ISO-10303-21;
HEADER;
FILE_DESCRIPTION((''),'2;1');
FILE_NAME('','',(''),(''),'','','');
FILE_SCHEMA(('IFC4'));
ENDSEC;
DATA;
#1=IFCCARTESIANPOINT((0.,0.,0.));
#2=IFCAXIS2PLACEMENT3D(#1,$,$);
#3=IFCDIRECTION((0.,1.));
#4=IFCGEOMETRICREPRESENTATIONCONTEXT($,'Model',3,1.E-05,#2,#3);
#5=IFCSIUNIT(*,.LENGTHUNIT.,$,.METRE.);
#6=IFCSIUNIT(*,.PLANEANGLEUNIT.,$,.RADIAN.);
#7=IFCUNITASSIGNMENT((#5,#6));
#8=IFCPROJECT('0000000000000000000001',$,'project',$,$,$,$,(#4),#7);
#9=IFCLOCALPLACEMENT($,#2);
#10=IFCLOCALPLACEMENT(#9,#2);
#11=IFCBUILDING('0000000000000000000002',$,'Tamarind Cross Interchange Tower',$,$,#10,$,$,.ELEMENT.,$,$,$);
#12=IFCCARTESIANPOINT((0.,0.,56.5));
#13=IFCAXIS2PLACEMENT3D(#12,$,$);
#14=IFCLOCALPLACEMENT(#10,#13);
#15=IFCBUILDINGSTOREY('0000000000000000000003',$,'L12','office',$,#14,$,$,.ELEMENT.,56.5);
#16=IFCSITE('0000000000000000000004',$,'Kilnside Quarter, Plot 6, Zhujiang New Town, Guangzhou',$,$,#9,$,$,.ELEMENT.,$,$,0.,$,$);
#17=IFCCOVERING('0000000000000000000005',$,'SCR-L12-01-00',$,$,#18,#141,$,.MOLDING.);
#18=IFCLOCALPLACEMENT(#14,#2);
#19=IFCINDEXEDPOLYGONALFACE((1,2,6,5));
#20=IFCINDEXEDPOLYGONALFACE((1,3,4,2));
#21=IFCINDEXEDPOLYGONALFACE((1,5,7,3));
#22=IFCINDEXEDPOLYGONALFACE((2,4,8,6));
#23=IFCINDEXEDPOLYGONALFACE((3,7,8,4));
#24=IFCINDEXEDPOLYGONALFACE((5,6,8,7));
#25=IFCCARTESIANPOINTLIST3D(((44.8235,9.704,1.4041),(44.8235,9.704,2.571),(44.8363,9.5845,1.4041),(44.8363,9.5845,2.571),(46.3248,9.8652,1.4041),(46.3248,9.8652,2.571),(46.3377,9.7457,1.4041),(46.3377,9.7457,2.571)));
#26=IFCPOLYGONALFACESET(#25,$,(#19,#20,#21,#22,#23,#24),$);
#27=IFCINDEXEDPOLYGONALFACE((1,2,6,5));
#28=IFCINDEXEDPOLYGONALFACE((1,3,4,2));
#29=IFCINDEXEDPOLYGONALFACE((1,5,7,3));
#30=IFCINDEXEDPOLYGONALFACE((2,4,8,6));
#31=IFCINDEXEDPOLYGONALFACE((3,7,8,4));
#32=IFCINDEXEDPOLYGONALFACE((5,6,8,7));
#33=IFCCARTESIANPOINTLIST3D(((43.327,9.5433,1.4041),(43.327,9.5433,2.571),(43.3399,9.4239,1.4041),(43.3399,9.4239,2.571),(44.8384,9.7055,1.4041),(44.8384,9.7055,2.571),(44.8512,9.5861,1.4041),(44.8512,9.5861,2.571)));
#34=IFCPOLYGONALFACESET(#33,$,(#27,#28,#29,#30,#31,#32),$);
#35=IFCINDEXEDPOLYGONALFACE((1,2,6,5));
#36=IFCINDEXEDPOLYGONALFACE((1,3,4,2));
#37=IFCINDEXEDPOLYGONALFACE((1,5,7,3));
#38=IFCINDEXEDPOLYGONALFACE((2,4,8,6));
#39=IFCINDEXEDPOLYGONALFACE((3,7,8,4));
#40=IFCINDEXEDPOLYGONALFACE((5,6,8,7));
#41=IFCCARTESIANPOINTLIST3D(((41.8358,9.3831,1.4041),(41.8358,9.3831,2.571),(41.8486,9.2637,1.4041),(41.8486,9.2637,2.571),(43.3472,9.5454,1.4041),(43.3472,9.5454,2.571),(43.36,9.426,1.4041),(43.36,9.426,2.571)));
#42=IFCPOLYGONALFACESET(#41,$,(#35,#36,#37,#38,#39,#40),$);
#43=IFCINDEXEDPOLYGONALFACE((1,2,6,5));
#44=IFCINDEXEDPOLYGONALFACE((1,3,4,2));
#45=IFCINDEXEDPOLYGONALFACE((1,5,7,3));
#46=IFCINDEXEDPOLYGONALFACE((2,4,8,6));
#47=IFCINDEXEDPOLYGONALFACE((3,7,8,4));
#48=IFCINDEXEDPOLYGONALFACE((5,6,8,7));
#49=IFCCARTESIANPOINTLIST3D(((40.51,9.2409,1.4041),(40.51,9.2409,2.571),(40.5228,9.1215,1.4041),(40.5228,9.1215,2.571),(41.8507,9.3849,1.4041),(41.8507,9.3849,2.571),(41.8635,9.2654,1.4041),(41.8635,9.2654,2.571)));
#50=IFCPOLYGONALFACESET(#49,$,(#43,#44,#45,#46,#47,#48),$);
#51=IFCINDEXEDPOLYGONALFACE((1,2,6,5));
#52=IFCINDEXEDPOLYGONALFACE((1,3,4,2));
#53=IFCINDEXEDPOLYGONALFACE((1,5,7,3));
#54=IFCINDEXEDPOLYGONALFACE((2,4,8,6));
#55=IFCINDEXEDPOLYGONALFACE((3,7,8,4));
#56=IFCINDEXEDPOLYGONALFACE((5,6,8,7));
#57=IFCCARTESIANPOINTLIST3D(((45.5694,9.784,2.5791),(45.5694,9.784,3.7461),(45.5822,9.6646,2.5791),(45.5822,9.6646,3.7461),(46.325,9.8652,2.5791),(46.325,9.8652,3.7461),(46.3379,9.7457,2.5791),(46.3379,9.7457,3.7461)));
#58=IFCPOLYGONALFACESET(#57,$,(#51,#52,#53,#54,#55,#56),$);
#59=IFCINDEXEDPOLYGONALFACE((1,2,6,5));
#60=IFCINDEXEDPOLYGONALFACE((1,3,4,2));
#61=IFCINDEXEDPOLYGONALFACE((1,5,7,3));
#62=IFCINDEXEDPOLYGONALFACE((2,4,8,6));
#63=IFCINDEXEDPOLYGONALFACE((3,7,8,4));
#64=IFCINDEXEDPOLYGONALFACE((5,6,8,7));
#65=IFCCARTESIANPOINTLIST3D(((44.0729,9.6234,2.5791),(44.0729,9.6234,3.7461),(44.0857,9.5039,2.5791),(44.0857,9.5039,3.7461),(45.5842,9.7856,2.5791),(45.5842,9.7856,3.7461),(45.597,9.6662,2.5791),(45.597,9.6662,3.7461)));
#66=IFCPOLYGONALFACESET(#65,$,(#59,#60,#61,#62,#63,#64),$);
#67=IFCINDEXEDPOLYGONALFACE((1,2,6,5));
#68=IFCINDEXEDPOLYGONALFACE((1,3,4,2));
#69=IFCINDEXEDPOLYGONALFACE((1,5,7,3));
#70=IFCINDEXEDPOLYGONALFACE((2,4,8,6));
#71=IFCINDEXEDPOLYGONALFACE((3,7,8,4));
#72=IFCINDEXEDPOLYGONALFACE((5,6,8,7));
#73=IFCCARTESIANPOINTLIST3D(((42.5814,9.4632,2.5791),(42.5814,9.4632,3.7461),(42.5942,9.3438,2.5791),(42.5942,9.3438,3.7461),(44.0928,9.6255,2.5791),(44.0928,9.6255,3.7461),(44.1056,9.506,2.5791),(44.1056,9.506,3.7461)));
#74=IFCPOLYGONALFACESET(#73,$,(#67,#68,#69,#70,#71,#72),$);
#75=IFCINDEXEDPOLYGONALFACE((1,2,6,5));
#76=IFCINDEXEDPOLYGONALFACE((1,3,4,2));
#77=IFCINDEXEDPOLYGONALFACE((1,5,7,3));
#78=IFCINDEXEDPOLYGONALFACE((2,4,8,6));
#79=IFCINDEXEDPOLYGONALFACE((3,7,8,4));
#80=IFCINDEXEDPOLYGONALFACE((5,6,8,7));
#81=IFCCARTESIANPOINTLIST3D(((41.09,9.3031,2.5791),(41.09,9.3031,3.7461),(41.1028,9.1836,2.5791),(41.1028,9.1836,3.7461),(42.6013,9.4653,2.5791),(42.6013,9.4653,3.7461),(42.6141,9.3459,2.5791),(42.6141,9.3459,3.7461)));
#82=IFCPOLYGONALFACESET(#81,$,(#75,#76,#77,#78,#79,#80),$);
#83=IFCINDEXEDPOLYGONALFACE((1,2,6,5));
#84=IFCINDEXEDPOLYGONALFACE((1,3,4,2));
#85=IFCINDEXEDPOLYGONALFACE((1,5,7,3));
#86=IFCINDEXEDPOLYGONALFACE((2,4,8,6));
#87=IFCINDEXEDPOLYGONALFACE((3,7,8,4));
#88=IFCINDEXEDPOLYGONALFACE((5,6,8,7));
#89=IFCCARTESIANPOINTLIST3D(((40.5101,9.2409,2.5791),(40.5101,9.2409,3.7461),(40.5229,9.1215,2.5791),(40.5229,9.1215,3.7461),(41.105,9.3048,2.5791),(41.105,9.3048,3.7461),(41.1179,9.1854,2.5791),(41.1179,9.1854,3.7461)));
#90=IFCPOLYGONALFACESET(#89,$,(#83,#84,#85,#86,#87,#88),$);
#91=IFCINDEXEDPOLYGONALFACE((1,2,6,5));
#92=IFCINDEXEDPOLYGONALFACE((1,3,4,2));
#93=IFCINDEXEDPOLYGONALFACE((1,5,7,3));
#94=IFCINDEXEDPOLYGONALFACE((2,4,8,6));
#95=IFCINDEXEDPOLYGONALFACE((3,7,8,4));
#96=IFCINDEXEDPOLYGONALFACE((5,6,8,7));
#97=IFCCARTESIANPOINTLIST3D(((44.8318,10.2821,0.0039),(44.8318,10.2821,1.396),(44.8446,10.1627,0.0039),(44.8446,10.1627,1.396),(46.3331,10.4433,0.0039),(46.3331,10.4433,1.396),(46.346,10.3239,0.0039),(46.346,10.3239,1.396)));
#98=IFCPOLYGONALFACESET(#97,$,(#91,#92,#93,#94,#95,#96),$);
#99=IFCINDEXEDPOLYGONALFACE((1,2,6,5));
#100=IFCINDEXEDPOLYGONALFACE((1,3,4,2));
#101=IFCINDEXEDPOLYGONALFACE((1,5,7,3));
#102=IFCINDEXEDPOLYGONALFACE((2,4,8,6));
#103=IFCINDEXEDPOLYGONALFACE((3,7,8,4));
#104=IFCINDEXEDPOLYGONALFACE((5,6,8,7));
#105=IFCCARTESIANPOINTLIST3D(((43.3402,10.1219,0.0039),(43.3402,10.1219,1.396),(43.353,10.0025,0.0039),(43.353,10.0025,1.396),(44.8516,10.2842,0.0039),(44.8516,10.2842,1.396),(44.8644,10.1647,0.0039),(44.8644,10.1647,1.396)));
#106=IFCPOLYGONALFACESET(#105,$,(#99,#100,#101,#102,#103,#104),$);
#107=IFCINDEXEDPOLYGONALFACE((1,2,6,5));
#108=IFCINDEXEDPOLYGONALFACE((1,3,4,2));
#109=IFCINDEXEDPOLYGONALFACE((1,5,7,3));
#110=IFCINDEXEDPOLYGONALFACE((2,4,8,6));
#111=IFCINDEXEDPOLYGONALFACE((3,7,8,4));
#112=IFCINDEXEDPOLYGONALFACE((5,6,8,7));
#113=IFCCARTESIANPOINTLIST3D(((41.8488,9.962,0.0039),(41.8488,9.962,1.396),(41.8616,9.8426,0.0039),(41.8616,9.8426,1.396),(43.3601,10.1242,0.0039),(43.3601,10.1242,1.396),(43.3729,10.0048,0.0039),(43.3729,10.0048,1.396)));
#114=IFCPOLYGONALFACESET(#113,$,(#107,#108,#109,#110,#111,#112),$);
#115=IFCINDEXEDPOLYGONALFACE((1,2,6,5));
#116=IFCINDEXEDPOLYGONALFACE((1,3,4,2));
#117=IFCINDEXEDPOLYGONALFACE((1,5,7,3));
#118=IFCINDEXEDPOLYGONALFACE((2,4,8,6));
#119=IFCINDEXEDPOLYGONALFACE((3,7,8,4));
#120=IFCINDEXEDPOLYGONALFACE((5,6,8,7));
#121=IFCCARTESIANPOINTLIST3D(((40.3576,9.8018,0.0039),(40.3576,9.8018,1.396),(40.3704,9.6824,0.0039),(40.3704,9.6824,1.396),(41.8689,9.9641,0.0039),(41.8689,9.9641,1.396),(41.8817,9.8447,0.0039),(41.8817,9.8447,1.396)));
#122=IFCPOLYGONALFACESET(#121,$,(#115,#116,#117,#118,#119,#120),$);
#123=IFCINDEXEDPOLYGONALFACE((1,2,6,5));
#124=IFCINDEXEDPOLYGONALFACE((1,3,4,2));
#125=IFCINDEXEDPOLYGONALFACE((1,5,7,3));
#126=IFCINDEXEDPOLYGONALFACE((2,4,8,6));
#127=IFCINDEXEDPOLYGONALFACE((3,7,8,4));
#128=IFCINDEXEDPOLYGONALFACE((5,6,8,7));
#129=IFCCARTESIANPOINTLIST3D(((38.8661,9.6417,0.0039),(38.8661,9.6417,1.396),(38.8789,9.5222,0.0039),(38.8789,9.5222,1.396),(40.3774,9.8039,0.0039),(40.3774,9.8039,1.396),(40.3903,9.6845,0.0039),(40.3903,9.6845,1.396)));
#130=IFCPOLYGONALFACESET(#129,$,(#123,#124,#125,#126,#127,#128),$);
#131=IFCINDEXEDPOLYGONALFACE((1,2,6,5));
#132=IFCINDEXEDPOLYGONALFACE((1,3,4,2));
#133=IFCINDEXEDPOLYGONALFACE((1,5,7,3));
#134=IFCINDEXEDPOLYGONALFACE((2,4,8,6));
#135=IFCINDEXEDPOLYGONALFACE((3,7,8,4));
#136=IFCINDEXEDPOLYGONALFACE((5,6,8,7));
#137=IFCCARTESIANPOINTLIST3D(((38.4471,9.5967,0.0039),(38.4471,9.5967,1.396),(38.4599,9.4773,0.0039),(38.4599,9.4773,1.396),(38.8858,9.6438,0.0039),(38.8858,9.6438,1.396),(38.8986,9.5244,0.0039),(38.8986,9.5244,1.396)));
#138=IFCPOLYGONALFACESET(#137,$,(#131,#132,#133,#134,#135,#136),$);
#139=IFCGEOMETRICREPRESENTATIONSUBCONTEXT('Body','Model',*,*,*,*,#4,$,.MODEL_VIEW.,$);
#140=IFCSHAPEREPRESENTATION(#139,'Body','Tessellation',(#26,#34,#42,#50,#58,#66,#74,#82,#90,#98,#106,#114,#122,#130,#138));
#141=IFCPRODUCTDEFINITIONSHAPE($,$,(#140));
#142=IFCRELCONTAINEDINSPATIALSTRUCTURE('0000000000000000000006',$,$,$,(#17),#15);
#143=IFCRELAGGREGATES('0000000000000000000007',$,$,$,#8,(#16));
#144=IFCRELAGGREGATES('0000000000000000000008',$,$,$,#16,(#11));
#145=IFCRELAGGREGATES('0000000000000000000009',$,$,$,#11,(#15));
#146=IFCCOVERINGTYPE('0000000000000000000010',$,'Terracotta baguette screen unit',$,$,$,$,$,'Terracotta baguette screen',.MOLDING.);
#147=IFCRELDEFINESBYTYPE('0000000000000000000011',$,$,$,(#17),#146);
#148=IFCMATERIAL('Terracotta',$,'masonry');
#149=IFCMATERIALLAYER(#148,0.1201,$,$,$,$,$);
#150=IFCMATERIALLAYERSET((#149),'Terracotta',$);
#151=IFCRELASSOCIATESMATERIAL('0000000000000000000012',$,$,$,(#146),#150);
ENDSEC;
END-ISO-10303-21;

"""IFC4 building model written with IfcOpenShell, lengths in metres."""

from ifc_helpers import new_model, si_unit, direction, frame, origin, origin_2d, place, context, subcontext, project, spatial, rectangle, extrude, material, layer, layer_set, type_object, element, save


model = new_model("IFC4")

# Units and contexts
model_context = context("Model", 3, precision=1e-05, world=origin(), true_north=direction((0.0, 1.0)))
body_context = subcontext(model_context, "Body", "Model", "MODEL_VIEW")
ifc_project = project(units=[si_unit("LENGTHUNIT", "METRE"), si_unit("PLANEANGLEUNIT", "RADIAN")], contexts=[model_context])

# Site, building, storey
site_placement = place(None, origin())
site = spatial("IfcSite", under=ifc_project, at=site_placement, Name="Kilnside Quarter, Plot 6, Zhujiang New Town, Guangzhou", CompositionType="ELEMENT", RefElevation=0.0)
building_placement = place(site_placement, origin())
building = spatial("IfcBuilding", under=site, at=building_placement, Name="Tamarind Cross Interchange Tower", CompositionType="ELEMENT")
storey_placement = place(building_placement, frame((0.0, 0.0, 56.5)))
storey = spatial("IfcBuildingStorey", under=building, at=storey_placement, Name="L12", Description="office", CompositionType="ELEMENT", Elevation=56.5)

# Covering
ifc_material_1 = material(Name="Terracotta", Category="masonry")
ifc_layer_1 = layer(ifc_material_1, 0.1201)
ifc_layer_set_1 = layer_set([ifc_layer_1], Name="Terracotta")
covering_type = type_object("IfcCoveringType", Name="Terracotta baguette screen unit", ElementType="Terracotta baguette screen", PredefinedType="MOLDING", material=ifc_layer_set_1)
covering_1_placement = place(storey_placement, origin())
element("IfcCovering", 1, at=covering_1_placement, inside=storey, type_object=covering_type, Name="SCR-L12-01-00", PredefinedType="MOLDING", context=body_context, shape_type="SweptSolid", body=[
    extrude(rectangle(XDim=1.51, YDim=0.1201, at=origin_2d()), frame((45.5806, 9.7249, 1.4041), z_axis=(0.0, 0.0, 1.0), x_axis=(-0.994287, -0.106744, 0.0)), (0.0, 0.0, 1.0), 1.167),
    extrude(rectangle(XDim=1.52, YDim=0.1201, at=origin_2d()), frame((44.0891, 9.5647, 1.4041), z_axis=(0.0, 0.0, 1.0), x_axis=(-0.994287, -0.106744, 0.0)), (0.0, 0.0, 1.0), 1.167),
    extrude(rectangle(XDim=1.52, YDim=0.1201, at=origin_2d()), frame((42.5979, 9.4045, 1.4041), z_axis=(0.0, 0.0, 1.0), x_axis=(-0.994287, -0.106744, 0.0)), (0.0, 0.0, 1.0), 1.167),
    extrude(rectangle(XDim=1.3484, YDim=0.1201, at=origin_2d()), frame((41.1868, 9.2532, 1.4041), z_axis=(0.0, 0.0, 1.0), x_axis=(-0.994287, -0.106744, 0.0)), (0.0, 0.0, 1.0), 1.167),
    extrude(rectangle(XDim=0.76, YDim=0.1201, at=origin_2d()), frame((45.9536, 9.7649, 2.5791), z_axis=(0.0, 0.0, 1.0), x_axis=(-0.994287, -0.106744, 0.0)), (0.0, 0.0, 1.0), 1.167),
    extrude(rectangle(XDim=1.52, YDim=0.1201, at=origin_2d()), frame((44.835, 9.6448, 2.5791), z_axis=(0.0, 0.0, 1.0), x_axis=(-0.994287, -0.106744, 0.0)), (0.0, 0.0, 1.0), 1.167),
    extrude(rectangle(XDim=1.52, YDim=0.1201, at=origin_2d()), frame((43.3435, 9.4846, 2.5791), z_axis=(0.0, 0.0, 1.0), x_axis=(-0.994287, -0.106744, 0.0)), (0.0, 0.0, 1.0), 1.167),
    extrude(rectangle(XDim=1.52, YDim=0.1201, at=origin_2d()), frame((41.8521, 9.3245, 2.5791), z_axis=(0.0, 0.0, 1.0), x_axis=(-0.994287, -0.106744, 0.0)), (0.0, 0.0, 1.0), 1.167),
    extrude(rectangle(XDim=0.5984, YDim=0.1201, at=origin_2d()), frame((40.814, 9.2131, 2.5791), z_axis=(0.0, 0.0, 1.0), x_axis=(-0.994287, -0.106744, 0.0)), (0.0, 0.0, 1.0), 1.167),
    extrude(rectangle(XDim=1.51, YDim=0.1201, at=origin_2d()), frame((45.5889, 10.303, 0.0039), z_axis=(0.0, 0.0, 1.0), x_axis=(-0.994287, -0.106744, 0.0)), (0.0, 0.0, 1.0), 1.3921),
    extrude(rectangle(XDim=1.52, YDim=0.1201, at=origin_2d()), frame((44.1023, 10.1433, 0.0039), z_axis=(0.0, 0.0, 1.0), x_axis=(-0.994287, -0.106744, 0.0)), (0.0, 0.0, 1.0), 1.3921),
    extrude(rectangle(XDim=1.52, YDim=0.1201, at=origin_2d()), frame((42.6108, 9.9834, 0.0039), z_axis=(0.0, 0.0, 1.0), x_axis=(-0.994287, -0.106744, 0.0)), (0.0, 0.0, 1.0), 1.3921),
    extrude(rectangle(XDim=1.52, YDim=0.1201, at=origin_2d()), frame((41.1196, 9.8232, 0.0039), z_axis=(0.0, 0.0, 1.0), x_axis=(-0.994287, -0.106744, 0.0)), (0.0, 0.0, 1.0), 1.3921),
    extrude(rectangle(XDim=1.52, YDim=0.1201, at=origin_2d()), frame((39.6282, 9.6631, 0.0039), z_axis=(0.0, 0.0, 1.0), x_axis=(-0.994287, -0.106744, 0.0)), (0.0, 0.0, 1.0), 1.3921),
    extrude(rectangle(XDim=0.4412, YDim=0.1201, at=origin_2d()), frame((38.6729, 9.5605, 0.0039), z_axis=(0.0, 0.0, 1.0), x_axis=(-0.994287, -0.106744, 0.0)), (0.0, 0.0, 1.0), 1.3921),
])

save(model, "model.ifc")
